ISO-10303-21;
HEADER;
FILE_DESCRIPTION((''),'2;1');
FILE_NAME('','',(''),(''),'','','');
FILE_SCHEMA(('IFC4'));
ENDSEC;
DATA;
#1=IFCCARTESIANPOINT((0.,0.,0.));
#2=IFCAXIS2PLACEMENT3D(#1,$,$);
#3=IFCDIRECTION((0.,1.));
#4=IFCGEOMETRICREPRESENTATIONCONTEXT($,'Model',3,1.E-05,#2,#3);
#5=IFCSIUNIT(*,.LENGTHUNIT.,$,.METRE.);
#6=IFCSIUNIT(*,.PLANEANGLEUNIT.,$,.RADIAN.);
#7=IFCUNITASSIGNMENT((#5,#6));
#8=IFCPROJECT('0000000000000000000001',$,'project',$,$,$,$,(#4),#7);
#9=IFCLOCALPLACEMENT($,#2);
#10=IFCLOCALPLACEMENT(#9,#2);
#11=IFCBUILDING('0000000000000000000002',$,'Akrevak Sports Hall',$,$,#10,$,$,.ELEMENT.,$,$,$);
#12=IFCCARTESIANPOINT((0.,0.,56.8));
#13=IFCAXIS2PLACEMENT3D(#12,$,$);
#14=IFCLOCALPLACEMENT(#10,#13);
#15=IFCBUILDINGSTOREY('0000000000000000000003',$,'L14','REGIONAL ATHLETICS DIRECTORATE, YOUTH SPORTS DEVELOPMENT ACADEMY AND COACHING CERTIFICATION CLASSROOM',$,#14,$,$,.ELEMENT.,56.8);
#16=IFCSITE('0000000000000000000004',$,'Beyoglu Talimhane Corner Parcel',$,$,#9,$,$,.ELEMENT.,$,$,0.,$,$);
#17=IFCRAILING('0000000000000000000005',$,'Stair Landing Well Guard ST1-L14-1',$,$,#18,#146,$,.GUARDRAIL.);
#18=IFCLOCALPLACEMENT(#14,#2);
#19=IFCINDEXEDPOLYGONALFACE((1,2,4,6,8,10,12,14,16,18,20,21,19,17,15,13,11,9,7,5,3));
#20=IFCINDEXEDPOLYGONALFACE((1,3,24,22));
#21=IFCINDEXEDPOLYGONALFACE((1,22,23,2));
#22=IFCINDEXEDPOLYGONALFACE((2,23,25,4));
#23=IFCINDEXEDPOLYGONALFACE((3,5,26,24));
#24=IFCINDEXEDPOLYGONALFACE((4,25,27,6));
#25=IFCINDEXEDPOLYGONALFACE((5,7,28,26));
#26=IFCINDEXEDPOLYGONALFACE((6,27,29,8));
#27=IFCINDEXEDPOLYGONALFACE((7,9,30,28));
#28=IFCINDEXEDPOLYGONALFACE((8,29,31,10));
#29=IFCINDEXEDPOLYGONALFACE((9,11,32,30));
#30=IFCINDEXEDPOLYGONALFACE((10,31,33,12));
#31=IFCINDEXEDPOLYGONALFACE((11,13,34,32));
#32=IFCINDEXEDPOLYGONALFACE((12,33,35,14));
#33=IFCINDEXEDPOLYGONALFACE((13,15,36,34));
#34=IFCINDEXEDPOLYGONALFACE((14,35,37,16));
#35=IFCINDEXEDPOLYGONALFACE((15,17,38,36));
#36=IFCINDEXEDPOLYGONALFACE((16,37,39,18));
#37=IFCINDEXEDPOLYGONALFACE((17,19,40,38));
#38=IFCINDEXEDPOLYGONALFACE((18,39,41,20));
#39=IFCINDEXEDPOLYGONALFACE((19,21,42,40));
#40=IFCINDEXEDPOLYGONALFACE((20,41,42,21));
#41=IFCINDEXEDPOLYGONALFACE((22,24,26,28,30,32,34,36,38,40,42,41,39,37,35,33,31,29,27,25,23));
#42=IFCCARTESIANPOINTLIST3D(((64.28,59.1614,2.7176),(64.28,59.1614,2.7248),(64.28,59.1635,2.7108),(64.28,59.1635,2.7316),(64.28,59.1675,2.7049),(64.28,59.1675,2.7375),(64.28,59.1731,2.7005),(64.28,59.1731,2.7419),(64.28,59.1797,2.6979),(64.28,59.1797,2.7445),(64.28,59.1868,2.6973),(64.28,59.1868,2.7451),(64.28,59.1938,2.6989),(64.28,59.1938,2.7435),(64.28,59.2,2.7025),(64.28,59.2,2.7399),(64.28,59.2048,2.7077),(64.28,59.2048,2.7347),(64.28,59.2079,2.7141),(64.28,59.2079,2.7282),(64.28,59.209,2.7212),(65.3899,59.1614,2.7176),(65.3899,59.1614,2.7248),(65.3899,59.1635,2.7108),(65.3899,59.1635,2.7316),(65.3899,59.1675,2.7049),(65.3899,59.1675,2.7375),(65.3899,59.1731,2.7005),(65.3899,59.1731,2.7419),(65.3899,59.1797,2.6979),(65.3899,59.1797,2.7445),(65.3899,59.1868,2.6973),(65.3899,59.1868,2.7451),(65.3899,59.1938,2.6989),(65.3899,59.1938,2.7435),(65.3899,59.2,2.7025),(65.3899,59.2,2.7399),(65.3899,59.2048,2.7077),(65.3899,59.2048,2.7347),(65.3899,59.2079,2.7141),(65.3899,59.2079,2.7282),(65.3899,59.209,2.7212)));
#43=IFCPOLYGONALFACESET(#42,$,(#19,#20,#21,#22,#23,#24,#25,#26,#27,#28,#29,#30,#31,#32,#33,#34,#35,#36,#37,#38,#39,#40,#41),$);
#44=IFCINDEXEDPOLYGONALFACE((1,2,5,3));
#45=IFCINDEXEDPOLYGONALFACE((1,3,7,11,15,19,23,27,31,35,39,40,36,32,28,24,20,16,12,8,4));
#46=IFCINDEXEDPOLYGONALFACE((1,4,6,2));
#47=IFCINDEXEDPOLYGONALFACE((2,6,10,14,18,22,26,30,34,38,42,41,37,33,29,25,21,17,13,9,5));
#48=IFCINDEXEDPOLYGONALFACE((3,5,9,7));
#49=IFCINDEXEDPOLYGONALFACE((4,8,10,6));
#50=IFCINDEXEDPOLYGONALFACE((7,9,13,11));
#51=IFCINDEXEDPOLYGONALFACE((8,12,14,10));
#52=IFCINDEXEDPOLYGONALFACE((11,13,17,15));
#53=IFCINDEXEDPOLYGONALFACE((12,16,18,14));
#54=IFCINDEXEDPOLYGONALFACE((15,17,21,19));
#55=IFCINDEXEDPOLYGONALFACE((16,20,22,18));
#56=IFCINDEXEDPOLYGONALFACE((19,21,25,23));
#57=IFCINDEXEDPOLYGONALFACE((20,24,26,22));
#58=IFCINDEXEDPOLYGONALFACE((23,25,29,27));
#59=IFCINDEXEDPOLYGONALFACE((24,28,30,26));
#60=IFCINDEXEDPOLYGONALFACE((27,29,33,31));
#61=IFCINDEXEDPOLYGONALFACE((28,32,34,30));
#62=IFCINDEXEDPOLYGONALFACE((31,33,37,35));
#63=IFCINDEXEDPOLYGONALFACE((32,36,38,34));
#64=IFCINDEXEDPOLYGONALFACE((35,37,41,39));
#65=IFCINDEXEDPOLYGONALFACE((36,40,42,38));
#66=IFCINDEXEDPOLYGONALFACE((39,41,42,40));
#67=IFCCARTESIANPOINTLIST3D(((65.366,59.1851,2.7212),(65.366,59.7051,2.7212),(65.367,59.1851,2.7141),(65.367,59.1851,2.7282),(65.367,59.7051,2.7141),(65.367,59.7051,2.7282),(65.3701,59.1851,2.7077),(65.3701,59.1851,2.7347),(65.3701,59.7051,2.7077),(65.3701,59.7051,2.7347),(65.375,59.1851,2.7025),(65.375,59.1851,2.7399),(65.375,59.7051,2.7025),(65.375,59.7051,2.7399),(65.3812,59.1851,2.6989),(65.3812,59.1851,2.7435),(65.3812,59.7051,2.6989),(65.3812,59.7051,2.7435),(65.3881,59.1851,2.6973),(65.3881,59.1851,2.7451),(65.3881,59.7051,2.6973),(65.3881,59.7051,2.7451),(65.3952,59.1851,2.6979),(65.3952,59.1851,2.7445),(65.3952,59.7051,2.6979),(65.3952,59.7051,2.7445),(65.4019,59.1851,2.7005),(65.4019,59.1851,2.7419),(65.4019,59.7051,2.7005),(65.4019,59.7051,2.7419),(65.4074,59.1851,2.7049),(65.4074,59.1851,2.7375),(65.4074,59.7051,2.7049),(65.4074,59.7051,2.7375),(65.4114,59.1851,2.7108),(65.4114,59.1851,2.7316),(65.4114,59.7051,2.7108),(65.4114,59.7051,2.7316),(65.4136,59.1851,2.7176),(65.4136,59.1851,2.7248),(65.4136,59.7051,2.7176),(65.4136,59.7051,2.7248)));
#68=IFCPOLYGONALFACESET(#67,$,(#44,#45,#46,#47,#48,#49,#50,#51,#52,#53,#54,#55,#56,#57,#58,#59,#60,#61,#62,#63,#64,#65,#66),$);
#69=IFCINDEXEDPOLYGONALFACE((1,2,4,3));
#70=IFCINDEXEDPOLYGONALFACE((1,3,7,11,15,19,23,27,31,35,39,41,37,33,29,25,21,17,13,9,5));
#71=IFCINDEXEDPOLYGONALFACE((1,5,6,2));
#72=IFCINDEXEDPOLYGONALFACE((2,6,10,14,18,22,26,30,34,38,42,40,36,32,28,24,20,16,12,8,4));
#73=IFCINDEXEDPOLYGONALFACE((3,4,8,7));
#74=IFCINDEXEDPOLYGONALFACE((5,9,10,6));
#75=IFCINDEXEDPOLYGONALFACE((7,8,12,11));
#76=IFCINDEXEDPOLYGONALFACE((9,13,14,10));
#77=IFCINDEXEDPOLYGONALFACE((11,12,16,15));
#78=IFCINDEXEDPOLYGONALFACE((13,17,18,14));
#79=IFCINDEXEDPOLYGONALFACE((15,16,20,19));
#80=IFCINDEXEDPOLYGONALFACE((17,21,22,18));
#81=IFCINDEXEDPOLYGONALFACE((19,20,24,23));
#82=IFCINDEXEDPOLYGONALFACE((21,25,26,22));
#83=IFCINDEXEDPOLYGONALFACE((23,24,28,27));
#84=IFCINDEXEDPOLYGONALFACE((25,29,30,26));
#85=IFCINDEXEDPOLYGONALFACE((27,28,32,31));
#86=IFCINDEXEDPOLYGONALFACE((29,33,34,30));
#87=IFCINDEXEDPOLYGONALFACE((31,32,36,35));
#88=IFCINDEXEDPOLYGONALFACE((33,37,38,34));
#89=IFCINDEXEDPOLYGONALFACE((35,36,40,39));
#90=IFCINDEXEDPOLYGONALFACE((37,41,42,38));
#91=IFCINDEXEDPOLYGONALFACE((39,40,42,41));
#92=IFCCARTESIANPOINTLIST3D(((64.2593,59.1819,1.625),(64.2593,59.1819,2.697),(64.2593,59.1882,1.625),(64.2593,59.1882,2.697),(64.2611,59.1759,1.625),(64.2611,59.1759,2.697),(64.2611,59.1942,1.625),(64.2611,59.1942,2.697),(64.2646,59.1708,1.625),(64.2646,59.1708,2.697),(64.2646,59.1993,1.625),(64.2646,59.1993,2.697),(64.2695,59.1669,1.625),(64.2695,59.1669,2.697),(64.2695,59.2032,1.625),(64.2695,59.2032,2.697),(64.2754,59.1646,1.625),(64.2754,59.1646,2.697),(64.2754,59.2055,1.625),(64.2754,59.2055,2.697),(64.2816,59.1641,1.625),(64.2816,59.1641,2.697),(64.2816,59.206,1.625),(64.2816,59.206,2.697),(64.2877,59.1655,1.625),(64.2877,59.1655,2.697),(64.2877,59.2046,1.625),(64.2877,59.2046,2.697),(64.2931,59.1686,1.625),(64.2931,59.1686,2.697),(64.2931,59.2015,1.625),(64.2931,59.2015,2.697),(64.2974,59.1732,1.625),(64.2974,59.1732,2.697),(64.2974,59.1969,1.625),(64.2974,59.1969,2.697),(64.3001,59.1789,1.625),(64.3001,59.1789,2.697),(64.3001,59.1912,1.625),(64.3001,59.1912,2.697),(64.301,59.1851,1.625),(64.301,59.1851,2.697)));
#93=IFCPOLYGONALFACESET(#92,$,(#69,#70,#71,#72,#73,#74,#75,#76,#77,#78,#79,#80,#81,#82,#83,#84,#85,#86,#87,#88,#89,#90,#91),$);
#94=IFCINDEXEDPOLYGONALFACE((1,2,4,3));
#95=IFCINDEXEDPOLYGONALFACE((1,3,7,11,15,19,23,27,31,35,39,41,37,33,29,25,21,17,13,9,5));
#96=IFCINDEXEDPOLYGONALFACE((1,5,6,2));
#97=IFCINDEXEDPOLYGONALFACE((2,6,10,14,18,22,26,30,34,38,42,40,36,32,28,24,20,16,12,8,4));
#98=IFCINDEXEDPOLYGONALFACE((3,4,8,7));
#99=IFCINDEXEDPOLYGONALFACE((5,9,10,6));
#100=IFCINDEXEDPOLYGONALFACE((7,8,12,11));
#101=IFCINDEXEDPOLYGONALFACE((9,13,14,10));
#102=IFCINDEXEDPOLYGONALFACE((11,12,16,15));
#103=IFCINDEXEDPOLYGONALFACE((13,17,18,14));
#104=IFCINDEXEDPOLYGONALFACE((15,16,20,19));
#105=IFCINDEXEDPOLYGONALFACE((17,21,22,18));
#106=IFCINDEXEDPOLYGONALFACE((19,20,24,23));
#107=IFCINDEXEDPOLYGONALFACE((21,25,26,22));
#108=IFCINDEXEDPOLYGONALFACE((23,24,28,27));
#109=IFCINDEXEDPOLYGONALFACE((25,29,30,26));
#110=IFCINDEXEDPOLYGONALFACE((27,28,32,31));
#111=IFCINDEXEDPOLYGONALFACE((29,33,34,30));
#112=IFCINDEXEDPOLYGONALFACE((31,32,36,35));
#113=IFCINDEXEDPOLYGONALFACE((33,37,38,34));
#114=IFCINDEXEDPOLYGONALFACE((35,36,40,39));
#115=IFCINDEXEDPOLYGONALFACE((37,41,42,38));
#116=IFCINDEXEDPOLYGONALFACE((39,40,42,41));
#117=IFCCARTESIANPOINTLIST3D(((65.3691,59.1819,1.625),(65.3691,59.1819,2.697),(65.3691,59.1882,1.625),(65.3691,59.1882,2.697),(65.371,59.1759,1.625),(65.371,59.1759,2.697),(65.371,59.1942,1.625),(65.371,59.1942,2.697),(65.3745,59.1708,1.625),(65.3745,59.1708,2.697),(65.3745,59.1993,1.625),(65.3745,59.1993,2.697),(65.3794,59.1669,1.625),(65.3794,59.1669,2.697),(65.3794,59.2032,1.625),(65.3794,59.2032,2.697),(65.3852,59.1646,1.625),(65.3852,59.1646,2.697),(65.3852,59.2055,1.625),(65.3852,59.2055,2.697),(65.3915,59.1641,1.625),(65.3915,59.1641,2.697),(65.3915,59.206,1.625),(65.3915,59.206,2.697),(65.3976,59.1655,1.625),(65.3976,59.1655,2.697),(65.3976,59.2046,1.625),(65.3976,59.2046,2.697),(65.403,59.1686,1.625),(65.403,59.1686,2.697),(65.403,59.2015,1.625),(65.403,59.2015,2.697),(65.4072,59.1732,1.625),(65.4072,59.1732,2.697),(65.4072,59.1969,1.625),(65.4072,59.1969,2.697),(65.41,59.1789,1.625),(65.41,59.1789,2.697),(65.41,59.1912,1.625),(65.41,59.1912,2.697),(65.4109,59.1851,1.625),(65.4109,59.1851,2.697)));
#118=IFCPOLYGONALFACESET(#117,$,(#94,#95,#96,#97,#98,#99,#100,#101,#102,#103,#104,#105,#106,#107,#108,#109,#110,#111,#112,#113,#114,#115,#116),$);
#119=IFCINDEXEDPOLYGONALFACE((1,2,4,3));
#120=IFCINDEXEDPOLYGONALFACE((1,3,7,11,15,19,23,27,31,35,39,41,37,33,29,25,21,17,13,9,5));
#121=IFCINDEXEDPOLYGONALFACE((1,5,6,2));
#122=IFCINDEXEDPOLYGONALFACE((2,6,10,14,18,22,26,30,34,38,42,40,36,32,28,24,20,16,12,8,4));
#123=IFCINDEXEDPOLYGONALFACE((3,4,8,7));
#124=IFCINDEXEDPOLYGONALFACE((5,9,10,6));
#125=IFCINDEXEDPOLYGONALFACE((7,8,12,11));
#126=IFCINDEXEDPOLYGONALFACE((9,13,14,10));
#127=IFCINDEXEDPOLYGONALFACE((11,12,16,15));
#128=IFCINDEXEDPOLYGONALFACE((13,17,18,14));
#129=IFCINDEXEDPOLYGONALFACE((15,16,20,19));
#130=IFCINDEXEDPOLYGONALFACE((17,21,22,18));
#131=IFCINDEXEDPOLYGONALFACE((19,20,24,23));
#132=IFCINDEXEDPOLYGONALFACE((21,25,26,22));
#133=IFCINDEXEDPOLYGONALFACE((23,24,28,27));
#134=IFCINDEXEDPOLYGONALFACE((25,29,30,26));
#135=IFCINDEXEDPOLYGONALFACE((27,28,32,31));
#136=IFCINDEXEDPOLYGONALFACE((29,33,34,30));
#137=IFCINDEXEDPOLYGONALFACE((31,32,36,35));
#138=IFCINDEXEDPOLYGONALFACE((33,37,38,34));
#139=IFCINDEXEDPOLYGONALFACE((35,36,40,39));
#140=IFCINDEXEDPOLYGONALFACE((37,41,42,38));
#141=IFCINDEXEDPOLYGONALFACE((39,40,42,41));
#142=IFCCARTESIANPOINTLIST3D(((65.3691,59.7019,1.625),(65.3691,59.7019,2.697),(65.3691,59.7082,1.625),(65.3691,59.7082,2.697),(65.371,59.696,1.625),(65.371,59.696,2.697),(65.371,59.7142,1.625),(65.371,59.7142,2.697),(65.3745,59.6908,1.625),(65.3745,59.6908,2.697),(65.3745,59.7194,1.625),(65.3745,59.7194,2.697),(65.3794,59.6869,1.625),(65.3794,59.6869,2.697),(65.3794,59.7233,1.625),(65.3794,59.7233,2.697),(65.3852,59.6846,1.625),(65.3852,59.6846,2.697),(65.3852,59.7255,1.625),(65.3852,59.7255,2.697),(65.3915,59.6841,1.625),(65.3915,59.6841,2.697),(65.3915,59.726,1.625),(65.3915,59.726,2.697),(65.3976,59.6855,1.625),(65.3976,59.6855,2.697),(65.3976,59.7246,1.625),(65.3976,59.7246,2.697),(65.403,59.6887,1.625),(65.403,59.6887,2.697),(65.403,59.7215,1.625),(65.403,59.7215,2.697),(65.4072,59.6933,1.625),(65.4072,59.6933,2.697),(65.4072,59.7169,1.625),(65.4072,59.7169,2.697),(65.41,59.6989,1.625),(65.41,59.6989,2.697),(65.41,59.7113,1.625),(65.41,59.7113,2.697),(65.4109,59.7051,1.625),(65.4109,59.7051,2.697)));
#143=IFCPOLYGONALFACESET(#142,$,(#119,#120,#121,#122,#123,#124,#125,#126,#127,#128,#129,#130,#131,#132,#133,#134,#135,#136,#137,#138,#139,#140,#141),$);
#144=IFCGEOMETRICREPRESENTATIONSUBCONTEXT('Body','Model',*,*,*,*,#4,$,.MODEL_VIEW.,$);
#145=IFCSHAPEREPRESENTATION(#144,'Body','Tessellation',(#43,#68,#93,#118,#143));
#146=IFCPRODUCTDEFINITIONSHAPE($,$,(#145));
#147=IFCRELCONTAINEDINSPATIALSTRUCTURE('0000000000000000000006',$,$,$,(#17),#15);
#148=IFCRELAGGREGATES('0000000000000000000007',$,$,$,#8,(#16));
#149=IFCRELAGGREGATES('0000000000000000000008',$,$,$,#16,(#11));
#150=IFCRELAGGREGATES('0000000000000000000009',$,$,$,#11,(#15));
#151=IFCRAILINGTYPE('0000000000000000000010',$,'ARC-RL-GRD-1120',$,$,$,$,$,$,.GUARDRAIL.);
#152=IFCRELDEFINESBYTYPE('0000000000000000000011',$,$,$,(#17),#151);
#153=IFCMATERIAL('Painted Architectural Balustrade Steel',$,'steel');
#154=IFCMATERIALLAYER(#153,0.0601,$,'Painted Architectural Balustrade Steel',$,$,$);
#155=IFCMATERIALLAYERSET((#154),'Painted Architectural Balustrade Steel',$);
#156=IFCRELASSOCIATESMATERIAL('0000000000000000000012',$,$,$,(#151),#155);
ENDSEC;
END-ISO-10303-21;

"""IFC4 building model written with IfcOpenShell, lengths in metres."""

from ifc_helpers import new_model, si_unit, direction, frame, origin, origin_2d, place, context, subcontext, project, spatial, circle, extrude, material, layer, layer_set, type_object, element, save


model = new_model("IFC4")

# Units and contexts
model_context = context("Model", 3, precision=1e-05, world=origin(), true_north=direction((0.0, 1.0)))
body_context = subcontext(model_context, "Body", "Model", "MODEL_VIEW")
ifc_project = project(units=[si_unit("LENGTHUNIT", "METRE"), si_unit("PLANEANGLEUNIT", "RADIAN")], contexts=[model_context])

# Site, building, storey
site_placement = place(None, origin())
site = spatial("IfcSite", under=ifc_project, at=site_placement, Name="Beyoglu Talimhane Corner Parcel", CompositionType="ELEMENT", RefElevation=0.0)
building_placement = place(site_placement, origin())
building = spatial("IfcBuilding", under=site, at=building_placement, Name="Akrevak Sports Hall", CompositionType="ELEMENT")
storey_placement = place(building_placement, frame((0.0, 0.0, 56.8)))
storey = spatial("IfcBuildingStorey", under=building, at=storey_placement, Name="L14", Description="REGIONAL ATHLETICS DIRECTORATE, YOUTH SPORTS DEVELOPMENT ACADEMY AND COACHING CERTIFICATION CLASSROOM", CompositionType="ELEMENT", Elevation=56.8)

# Railing
ifc_material_1 = material(Name="Painted Architectural Balustrade Steel", Category="steel")
ifc_layer_1 = layer(ifc_material_1, 0.0601, Name="Painted Architectural Balustrade Steel")
ifc_layer_set_1 = layer_set([ifc_layer_1], Name="Painted Architectural Balustrade Steel")
railing_type = type_object("IfcRailingType", Name="ARC-RL-GRD-1120", PredefinedType="GUARDRAIL", material=ifc_layer_set_1)
railing_placement = place(storey_placement, frame((64.28, 59.1851, 1.625)))
element("IfcRailing", 1, at=railing_placement, inside=storey, type_object=railing_type, Name="Stair Landing Well Guard ST1-L14-1", PredefinedType="GUARDRAIL", context=body_context, shape_type="SweptSolid", body=[
    extrude(circle(Radius=0.0239, at=origin_2d()), frame((0.0, 0.0, 1.0962), z_axis=(1.0, 0.0, 0.0), x_axis=(0.0, 1.0, 0.0)), (0.0, 0.0, 1.0), 1.1099),
    extrude(circle(Radius=0.0239, at=origin_2d()), frame((1.1099, 0.0, 1.0962), z_axis=(0.0, 1.0, 0.0), x_axis=(-1.0, 0.0, 0.0)), (0.0, 0.0, 1.0), 0.52),
    extrude(circle(Radius=0.021, at=origin_2d()), origin(), (0.0, 0.0, 1.0), 1.072),
    extrude(circle(Radius=0.021, at=origin_2d()), frame((1.1099, 0.0, 0.0)), (0.0, 0.0, 1.0), 1.072),
    extrude(circle(Radius=0.021, at=origin_2d()), frame((1.1099, 0.52, 0.0)), (0.0, 0.0, 1.0), 1.072),
])

save(model, "model.ifc")
